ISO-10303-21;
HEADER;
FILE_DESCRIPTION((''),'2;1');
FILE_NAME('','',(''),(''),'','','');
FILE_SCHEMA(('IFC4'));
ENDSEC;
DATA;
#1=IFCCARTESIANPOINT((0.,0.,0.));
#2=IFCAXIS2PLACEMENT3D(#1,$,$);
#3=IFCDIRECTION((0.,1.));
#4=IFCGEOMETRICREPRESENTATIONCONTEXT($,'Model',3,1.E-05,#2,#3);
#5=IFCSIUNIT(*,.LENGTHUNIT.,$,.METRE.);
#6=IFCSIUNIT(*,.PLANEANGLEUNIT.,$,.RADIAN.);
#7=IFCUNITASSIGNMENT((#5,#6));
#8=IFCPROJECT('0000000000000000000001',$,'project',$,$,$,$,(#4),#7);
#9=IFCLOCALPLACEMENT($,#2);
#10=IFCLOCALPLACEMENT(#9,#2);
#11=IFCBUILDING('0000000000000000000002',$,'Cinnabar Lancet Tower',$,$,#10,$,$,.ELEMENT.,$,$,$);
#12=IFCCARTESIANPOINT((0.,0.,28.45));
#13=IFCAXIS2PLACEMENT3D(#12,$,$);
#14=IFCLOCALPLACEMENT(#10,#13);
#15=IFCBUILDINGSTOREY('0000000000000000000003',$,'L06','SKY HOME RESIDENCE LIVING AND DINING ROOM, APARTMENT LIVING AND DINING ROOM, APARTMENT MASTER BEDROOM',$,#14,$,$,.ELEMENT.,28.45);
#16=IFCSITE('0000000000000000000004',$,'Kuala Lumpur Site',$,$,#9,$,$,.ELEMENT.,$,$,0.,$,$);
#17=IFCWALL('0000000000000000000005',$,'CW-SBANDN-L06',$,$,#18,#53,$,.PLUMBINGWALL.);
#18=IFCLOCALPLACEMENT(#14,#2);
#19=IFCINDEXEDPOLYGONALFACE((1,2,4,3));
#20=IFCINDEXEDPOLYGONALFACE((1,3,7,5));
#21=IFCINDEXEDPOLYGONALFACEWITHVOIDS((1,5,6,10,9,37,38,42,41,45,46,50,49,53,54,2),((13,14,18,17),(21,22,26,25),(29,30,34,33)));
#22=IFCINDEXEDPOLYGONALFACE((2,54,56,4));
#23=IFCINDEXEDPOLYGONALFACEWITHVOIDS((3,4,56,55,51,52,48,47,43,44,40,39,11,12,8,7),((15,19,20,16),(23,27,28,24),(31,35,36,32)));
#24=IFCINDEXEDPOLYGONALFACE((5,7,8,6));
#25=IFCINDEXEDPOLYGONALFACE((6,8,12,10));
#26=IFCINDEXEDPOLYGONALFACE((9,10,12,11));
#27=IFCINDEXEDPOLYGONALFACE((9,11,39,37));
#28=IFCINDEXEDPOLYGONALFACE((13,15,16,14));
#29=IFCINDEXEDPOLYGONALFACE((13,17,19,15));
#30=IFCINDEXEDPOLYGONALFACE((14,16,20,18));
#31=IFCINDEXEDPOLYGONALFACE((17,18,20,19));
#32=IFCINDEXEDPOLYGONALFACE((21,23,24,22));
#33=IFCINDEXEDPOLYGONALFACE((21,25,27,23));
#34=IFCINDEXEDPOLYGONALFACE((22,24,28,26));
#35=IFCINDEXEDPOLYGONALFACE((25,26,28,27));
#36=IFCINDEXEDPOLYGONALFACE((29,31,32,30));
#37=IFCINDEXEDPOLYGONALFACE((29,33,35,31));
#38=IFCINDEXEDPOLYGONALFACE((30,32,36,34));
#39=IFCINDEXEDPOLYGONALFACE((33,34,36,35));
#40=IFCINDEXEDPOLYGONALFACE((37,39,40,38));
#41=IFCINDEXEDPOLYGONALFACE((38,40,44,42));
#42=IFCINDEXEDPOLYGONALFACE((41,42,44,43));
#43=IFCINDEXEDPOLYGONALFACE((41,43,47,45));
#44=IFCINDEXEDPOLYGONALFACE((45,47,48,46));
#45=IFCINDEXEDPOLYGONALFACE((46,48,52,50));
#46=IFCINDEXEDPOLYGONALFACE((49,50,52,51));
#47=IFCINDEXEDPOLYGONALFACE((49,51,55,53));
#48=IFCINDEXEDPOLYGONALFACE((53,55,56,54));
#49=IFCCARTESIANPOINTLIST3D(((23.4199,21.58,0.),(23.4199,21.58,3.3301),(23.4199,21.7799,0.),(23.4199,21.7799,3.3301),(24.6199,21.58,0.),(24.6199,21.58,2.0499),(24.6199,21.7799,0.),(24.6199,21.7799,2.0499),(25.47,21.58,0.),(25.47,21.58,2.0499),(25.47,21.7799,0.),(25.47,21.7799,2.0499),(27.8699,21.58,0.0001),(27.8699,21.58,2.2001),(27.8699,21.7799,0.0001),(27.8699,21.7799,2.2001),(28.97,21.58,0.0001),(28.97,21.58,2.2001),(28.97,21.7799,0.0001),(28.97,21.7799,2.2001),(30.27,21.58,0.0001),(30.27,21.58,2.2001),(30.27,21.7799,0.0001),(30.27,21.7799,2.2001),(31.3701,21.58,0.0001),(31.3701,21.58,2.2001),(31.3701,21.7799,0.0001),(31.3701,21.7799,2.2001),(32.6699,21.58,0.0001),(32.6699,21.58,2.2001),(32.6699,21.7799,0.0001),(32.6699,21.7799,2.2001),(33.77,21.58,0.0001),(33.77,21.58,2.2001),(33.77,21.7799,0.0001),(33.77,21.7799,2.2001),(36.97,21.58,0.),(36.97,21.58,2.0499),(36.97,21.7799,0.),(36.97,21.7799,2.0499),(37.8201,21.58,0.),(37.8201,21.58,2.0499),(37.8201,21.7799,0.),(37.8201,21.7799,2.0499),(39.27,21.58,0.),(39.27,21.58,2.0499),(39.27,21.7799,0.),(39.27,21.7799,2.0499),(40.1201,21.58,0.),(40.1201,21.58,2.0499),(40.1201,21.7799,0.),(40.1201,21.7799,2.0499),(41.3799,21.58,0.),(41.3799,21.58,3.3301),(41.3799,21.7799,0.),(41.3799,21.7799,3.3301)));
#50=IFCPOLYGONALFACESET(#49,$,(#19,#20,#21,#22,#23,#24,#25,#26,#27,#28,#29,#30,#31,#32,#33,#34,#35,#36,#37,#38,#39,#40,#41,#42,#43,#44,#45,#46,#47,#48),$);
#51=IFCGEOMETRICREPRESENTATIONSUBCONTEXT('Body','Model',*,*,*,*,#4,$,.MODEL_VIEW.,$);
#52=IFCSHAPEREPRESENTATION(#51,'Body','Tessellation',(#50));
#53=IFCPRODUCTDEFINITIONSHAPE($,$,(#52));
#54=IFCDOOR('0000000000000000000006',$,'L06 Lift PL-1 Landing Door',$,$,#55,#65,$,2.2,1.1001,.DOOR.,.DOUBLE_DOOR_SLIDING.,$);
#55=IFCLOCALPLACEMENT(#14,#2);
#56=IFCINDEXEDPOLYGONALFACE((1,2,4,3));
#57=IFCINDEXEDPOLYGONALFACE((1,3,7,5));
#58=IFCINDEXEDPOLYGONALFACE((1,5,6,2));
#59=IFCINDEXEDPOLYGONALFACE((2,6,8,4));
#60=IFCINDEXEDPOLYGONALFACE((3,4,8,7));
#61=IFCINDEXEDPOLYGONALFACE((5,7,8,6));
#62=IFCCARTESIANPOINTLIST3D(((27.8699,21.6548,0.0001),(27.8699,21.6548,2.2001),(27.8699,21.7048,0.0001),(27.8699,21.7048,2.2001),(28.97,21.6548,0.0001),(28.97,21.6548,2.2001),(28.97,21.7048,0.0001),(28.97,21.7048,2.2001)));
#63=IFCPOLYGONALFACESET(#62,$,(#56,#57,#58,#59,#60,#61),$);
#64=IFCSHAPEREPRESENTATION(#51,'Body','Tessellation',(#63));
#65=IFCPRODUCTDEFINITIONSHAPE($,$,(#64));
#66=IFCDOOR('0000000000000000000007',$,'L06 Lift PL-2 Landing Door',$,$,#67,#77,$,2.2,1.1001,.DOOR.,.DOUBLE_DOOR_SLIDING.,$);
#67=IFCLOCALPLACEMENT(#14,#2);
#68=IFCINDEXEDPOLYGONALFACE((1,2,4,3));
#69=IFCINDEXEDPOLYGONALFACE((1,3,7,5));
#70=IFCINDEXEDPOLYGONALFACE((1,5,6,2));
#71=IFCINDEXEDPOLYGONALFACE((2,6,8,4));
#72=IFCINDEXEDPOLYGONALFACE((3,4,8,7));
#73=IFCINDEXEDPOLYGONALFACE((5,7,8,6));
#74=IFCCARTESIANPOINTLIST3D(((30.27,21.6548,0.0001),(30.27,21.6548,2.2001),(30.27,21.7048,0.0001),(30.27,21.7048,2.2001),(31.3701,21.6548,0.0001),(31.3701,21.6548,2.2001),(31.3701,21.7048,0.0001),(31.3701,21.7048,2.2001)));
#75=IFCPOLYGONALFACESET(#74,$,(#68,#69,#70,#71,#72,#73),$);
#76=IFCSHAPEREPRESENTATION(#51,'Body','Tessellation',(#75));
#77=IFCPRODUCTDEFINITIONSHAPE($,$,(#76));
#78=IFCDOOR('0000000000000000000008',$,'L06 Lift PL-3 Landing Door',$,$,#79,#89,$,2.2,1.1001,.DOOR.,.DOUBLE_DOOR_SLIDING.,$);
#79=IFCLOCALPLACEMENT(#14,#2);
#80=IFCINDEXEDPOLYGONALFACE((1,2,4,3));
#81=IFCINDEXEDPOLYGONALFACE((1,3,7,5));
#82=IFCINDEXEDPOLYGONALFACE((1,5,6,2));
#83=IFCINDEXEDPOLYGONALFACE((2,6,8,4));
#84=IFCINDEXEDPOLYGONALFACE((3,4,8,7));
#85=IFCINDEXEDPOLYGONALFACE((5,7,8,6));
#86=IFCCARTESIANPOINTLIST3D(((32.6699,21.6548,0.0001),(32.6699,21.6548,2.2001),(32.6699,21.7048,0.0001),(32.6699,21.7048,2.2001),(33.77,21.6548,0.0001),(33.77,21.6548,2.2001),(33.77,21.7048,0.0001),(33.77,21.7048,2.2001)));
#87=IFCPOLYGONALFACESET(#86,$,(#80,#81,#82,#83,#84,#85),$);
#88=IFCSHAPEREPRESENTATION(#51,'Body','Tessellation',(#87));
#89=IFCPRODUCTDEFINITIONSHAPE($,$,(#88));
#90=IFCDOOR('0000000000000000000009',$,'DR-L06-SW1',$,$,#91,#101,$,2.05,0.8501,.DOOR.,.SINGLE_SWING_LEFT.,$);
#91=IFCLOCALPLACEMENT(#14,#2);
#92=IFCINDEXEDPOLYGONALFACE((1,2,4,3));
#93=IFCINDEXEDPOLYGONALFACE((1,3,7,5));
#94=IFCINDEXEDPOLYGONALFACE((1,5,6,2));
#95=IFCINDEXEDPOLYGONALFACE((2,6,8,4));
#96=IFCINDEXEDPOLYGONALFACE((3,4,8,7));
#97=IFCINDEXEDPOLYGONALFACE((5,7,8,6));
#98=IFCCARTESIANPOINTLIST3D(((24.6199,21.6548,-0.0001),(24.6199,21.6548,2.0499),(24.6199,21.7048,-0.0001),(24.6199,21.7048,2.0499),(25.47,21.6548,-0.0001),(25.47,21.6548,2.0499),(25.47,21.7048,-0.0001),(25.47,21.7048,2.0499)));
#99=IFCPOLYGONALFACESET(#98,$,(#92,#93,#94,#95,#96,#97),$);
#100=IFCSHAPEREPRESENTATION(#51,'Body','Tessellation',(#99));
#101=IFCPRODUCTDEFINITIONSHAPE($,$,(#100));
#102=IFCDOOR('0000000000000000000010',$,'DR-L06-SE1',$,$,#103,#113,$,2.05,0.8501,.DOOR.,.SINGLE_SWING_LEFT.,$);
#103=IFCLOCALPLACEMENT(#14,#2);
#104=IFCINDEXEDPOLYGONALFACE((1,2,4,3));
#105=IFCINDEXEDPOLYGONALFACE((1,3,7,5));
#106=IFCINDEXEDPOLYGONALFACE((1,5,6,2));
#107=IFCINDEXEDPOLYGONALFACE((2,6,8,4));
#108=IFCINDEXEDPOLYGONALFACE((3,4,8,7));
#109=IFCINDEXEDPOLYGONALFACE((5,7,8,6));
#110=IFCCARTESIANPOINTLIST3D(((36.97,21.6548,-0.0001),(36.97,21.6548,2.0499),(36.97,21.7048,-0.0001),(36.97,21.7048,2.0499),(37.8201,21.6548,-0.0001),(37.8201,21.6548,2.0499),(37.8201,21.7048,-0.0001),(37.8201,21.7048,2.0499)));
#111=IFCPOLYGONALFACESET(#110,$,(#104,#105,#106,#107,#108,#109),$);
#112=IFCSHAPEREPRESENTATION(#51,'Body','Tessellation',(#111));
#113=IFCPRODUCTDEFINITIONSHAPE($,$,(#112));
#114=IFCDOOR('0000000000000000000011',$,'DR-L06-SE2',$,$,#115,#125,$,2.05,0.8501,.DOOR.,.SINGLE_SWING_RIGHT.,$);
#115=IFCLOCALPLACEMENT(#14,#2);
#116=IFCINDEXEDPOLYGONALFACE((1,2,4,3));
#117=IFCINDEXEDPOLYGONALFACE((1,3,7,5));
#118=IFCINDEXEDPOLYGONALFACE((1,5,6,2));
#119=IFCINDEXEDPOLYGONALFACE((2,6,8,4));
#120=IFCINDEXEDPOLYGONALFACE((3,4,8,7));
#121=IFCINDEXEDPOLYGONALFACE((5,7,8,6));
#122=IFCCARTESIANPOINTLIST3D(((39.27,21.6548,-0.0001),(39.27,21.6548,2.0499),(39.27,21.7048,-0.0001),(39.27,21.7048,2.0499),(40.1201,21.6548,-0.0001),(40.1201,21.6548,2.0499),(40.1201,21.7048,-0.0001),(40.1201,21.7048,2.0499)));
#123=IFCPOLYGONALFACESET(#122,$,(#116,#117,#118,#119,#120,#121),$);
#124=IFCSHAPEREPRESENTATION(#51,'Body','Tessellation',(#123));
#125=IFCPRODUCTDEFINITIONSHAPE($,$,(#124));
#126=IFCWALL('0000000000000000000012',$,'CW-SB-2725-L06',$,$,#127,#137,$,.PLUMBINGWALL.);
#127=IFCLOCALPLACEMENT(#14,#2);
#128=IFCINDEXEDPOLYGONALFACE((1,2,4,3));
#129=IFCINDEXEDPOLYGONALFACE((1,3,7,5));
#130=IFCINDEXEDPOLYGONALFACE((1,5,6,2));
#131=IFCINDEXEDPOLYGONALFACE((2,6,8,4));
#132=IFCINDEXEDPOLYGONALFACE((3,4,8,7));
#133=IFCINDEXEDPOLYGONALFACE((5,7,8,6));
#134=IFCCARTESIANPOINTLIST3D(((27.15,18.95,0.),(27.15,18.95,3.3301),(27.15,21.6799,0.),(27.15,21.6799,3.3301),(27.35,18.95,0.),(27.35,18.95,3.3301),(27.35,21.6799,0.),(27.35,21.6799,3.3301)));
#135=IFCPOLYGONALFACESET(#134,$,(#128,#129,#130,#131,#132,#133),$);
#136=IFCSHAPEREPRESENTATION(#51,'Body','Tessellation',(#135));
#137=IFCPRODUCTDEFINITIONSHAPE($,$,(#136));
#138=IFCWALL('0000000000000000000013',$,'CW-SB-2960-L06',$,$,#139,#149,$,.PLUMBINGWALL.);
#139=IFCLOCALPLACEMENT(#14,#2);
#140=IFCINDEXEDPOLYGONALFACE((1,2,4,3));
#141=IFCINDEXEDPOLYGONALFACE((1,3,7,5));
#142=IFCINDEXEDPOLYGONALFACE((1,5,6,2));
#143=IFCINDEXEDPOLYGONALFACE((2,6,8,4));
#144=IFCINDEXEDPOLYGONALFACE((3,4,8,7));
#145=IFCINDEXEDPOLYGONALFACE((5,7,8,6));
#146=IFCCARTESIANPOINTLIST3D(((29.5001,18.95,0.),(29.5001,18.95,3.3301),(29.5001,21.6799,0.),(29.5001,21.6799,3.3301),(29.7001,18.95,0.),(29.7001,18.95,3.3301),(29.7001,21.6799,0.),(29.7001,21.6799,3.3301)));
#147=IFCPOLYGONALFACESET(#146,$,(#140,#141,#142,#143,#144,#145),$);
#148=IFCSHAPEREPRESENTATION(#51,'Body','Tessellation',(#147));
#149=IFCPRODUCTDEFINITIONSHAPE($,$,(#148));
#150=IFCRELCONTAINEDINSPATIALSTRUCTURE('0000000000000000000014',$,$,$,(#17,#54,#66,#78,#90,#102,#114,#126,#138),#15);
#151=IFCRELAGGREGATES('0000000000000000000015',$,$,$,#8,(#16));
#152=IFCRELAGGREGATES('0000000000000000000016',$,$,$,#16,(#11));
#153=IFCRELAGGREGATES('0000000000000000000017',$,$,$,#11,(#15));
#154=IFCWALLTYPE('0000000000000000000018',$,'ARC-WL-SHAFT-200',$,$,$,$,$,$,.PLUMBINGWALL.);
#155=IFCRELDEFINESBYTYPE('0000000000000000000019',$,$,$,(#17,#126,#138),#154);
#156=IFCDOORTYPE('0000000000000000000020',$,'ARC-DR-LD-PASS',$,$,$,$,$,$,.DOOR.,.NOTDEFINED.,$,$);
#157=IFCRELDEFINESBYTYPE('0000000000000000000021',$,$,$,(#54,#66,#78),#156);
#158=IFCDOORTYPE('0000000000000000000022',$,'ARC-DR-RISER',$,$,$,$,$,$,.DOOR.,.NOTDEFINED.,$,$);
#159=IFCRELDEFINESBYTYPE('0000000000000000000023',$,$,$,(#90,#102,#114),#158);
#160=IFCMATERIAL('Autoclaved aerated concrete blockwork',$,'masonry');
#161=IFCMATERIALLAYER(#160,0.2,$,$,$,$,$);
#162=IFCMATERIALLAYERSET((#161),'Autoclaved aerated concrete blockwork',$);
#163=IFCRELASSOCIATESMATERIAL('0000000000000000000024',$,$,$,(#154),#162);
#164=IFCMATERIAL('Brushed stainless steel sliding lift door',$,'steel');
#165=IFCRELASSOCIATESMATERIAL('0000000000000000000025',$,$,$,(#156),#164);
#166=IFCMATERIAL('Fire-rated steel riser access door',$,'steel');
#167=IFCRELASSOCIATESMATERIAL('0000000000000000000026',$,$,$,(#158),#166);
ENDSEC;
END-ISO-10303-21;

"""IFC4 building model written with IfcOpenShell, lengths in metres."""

from ifc_helpers import new_model, si_unit, direction, frame, frame_2d, origin, place, context, subcontext, project, spatial, rectangle, extrude, material, layer, layer_set, type_object, element, fill, save


model = new_model("IFC4")

# Units and contexts
model_context = context("Model", 3, precision=1e-05, world=origin(), true_north=direction((0.0, 1.0)))
body_context = subcontext(model_context, "Body", "Model", "MODEL_VIEW")
ifc_project = project(units=[si_unit("LENGTHUNIT", "METRE"), si_unit("PLANEANGLEUNIT", "RADIAN")], contexts=[model_context])

# Site, building, storey
site_placement = place(None, origin())
site = spatial("IfcSite", under=ifc_project, at=site_placement, Name="Kuala Lumpur Site", CompositionType="ELEMENT", RefElevation=0.0)
building_placement = place(site_placement, origin())
building = spatial("IfcBuilding", under=site, at=building_placement, Name="Cinnabar Lancet Tower", CompositionType="ELEMENT")
storey_placement = place(building_placement, frame((0.0, 0.0, 28.45)))
storey = spatial("IfcBuildingStorey", under=building, at=storey_placement, Name="L06", Description="SKY HOME RESIDENCE LIVING AND DINING ROOM, APARTMENT LIVING AND DINING ROOM, APARTMENT MASTER BEDROOM", CompositionType="ELEMENT", Elevation=28.45)

# Shared definitions
ifc_material_1 = material(Name="Autoclaved aerated concrete blockwork", Category="masonry")
ifc_layer_1 = layer(ifc_material_1, 0.2)
ifc_layer_set_1 = layer_set([ifc_layer_1], Name="Autoclaved aerated concrete blockwork")
wall_type_1 = type_object("IfcWallType", Name="ARC-WL-SHAFT-200", PredefinedType="PLUMBINGWALL", material=ifc_layer_set_1)

# Wall, openings, doors
wall_1_placement = place(storey_placement, frame((23.4199, 21.6799, 0.0), z_axis=(0.0, 0.0, 1.0), x_axis=(1.0, 0.0, 0.0)))
wall_1 = element("IfcWall", 1, at=wall_1_placement, inside=storey, type_object=wall_type_1, Name="CW-SBANDN-L06", PredefinedType="PLUMBINGWALL", context=body_context, shape_type="SweptSolid", body=[
    extrude(rectangle(XDim=17.96, YDim=0.2, at=frame_2d((8.98, 0.0))), origin(), (0.0, 0.0, 1.0), 3.3301),
])
opening_1_placement = place(wall_1_placement, frame((4.45, 0.0, 0.0)))
opening_1 = element("IfcOpeningElement", 2, at=opening_1_placement, cuts=wall_1, PredefinedType="OPENING", context=body_context, shape_type="SweptSolid", body=[
    extrude(rectangle(XDim=1.1001, YDim=2.2, at=frame_2d((0.55, 1.1001))), frame((0.0, 0.1099, 0.0), z_axis=(0.0, -1.0, 0.0), x_axis=(1.0, 0.0, 0.0)), (0.0, 0.0, 1.0), 0.22),
])
opening_2_placement = place(wall_1_placement, frame((6.8501, 0.0, 0.0)))
opening_2 = element("IfcOpeningElement", 3, at=opening_2_placement, cuts=wall_1, PredefinedType="OPENING", context=body_context, shape_type="SweptSolid", body=[
    extrude(rectangle(XDim=1.1001, YDim=2.2, at=frame_2d((0.55, 1.1001))), frame((0.0, 0.1099, 0.0), z_axis=(0.0, -1.0, 0.0), x_axis=(1.0, 0.0, 0.0)), (0.0, 0.0, 1.0), 0.22),
])
opening_3_placement = place(wall_1_placement, frame((9.25, 0.0, 0.0)))
opening_3 = element("IfcOpeningElement", 4, at=opening_3_placement, cuts=wall_1, PredefinedType="OPENING", context=body_context, shape_type="SweptSolid", body=[
    extrude(rectangle(XDim=1.1001, YDim=2.2, at=frame_2d((0.55, 1.1001))), frame((0.0, 0.1099, 0.0), z_axis=(0.0, -1.0, 0.0), x_axis=(1.0, 0.0, 0.0)), (0.0, 0.0, 1.0), 0.22),
])
opening_4_placement = place(wall_1_placement, frame((1.2, 0.0, 0.0)))
opening_4 = element("IfcOpeningElement", 5, at=opening_4_placement, cuts=wall_1, PredefinedType="OPENING", context=body_context, shape_type="SweptSolid", body=[
    extrude(rectangle(XDim=0.8501, YDim=2.05, at=frame_2d((0.425, 1.0249))), frame((0.0, 0.1099, 0.0), z_axis=(0.0, -1.0, 0.0), x_axis=(1.0, 0.0, 0.0)), (0.0, 0.0, 1.0), 0.22),
])
opening_5_placement = place(wall_1_placement, frame((13.55, 0.0, 0.0)))
opening_5 = element("IfcOpeningElement", 6, at=opening_5_placement, cuts=wall_1, PredefinedType="OPENING", context=body_context, shape_type="SweptSolid", body=[
    extrude(rectangle(XDim=0.8501, YDim=2.05, at=frame_2d((0.425, 1.0249))), frame((0.0, 0.1099, 0.0), z_axis=(0.0, -1.0, 0.0), x_axis=(1.0, 0.0, 0.0)), (0.0, 0.0, 1.0), 0.22),
])
opening_6_placement = place(wall_1_placement, frame((15.8501, 0.0, 0.0)))
opening_6 = element("IfcOpeningElement", 7, at=opening_6_placement, cuts=wall_1, PredefinedType="OPENING", context=body_context, shape_type="SweptSolid", body=[
    extrude(rectangle(XDim=0.8501, YDim=2.05, at=frame_2d((0.425, 1.0249))), frame((0.0, 0.1099, 0.0), z_axis=(0.0, -1.0, 0.0), x_axis=(1.0, 0.0, 0.0)), (0.0, 0.0, 1.0), 0.22),
])
ifc_material_2 = material(Name="Brushed stainless steel sliding lift door", Category="steel")
door_type_1 = type_object("IfcDoorType", Name="ARC-DR-LD-PASS", OperationType="NOTDEFINED", PredefinedType="DOOR", material=ifc_material_2)
door_1_placement = place(opening_1_placement, origin())
door_1 = element("IfcDoor", 8, at=door_1_placement, inside=storey, type_object=door_type_1, Name="L06 Lift PL-1 Landing Door", OperationType="DOUBLE_DOOR_SLIDING", OverallHeight=2.2, OverallWidth=1.1001, PredefinedType="DOOR", context=body_context, shape_type="SweptSolid", body=[
    extrude(rectangle(XDim=1.1001, YDim=2.2, at=frame_2d((0.55, 1.1001))), frame((0.0, 0.0249, 0.0), z_axis=(0.0, -1.0, 0.0), x_axis=(1.0, 0.0, 0.0)), (0.0, 0.0, 1.0), 0.05),
])
fill(opening_1, door_1)
door_2_placement = place(opening_2_placement, origin())
door_2 = element("IfcDoor", 9, at=door_2_placement, inside=storey, type_object=door_type_1, Name="L06 Lift PL-2 Landing Door", OperationType="DOUBLE_DOOR_SLIDING", OverallHeight=2.2, OverallWidth=1.1001, PredefinedType="DOOR", context=body_context, shape_type="SweptSolid", body=[
    extrude(rectangle(XDim=1.1001, YDim=2.2, at=frame_2d((0.55, 1.1001))), frame((0.0, 0.0249, 0.0), z_axis=(0.0, -1.0, 0.0), x_axis=(1.0, 0.0, 0.0)), (0.0, 0.0, 1.0), 0.05),
])
fill(opening_2, door_2)
door_3_placement = place(opening_3_placement, origin())
door_3 = element("IfcDoor", 10, at=door_3_placement, inside=storey, type_object=door_type_1, Name="L06 Lift PL-3 Landing Door", OperationType="DOUBLE_DOOR_SLIDING", OverallHeight=2.2, OverallWidth=1.1001, PredefinedType="DOOR", context=body_context, shape_type="SweptSolid", body=[
    extrude(rectangle(XDim=1.1001, YDim=2.2, at=frame_2d((0.55, 1.1001))), frame((0.0, 0.0249, 0.0), z_axis=(0.0, -1.0, 0.0), x_axis=(1.0, 0.0, 0.0)), (0.0, 0.0, 1.0), 0.05),
])
fill(opening_3, door_3)
ifc_material_3 = material(Name="Fire-rated steel riser access door", Category="steel")
door_type_2 = type_object("IfcDoorType", Name="ARC-DR-RISER", OperationType="NOTDEFINED", PredefinedType="DOOR", material=ifc_material_3)
door_4_placement = place(opening_4_placement, origin())
door_4 = element("IfcDoor", 11, at=door_4_placement, inside=storey, type_object=door_type_2, Name="DR-L06-SW1", OperationType="SINGLE_SWING_LEFT", OverallHeight=2.05, OverallWidth=0.8501, PredefinedType="DOOR", context=body_context, shape_type="SweptSolid", body=[
    extrude(rectangle(XDim=0.8501, YDim=2.05, at=frame_2d((0.425, 1.0249))), frame((0.0, 0.0249, 0.0), z_axis=(0.0, -1.0, 0.0), x_axis=(1.0, 0.0, 0.0)), (0.0, 0.0, 1.0), 0.05),
])
fill(opening_4, door_4)
door_5_placement = place(opening_5_placement, origin())
door_5 = element("IfcDoor", 12, at=door_5_placement, inside=storey, type_object=door_type_2, Name="DR-L06-SE1", OperationType="SINGLE_SWING_LEFT", OverallHeight=2.05, OverallWidth=0.8501, PredefinedType="DOOR", context=body_context, shape_type="SweptSolid", body=[
    extrude(rectangle(XDim=0.8501, YDim=2.05, at=frame_2d((0.425, 1.0249))), frame((0.0, 0.0249, 0.0), z_axis=(0.0, -1.0, 0.0), x_axis=(1.0, 0.0, 0.0)), (0.0, 0.0, 1.0), 0.05),
])
fill(opening_5, door_5)
door_6_placement = place(opening_6_placement, origin())
door_6 = element("IfcDoor", 13, at=door_6_placement, inside=storey, type_object=door_type_2, Name="DR-L06-SE2", OperationType="SINGLE_SWING_RIGHT", OverallHeight=2.05, OverallWidth=0.8501, PredefinedType="DOOR", context=body_context, shape_type="SweptSolid", body=[
    extrude(rectangle(XDim=0.8501, YDim=2.05, at=frame_2d((0.425, 1.0249))), frame((0.0, 0.0249, 0.0), z_axis=(0.0, -1.0, 0.0), x_axis=(1.0, 0.0, 0.0)), (0.0, 0.0, 1.0), 0.05),
])
fill(opening_6, door_6)

# Walls
for number, where, z_axis, x_axis, name in (
    (14, (27.25, 18.95, 0.0), (0.0, 0.0, 1.0), (0.0, 1.0, 0.0), "CW-SB-2725-L06"),
    (15, (29.6001, 18.95, 0.0), (0.0, 0.0, 1.0), (0.0, 1.0, 0.0), "CW-SB-2960-L06"),
):
    element("IfcWall", number, at=place(storey_placement, frame(where, z_axis=z_axis, x_axis=x_axis)), inside=storey, type_object=wall_type_1, Name=name, PredefinedType="PLUMBINGWALL", context=body_context, shape_type="SweptSolid", body=[
        extrude(rectangle(XDim=2.73, YDim=0.2, at=frame_2d((1.365, 0.0))), origin(), (0.0, 0.0, 1.0), 3.3301),
    ])

save(model, "model.ifc")
